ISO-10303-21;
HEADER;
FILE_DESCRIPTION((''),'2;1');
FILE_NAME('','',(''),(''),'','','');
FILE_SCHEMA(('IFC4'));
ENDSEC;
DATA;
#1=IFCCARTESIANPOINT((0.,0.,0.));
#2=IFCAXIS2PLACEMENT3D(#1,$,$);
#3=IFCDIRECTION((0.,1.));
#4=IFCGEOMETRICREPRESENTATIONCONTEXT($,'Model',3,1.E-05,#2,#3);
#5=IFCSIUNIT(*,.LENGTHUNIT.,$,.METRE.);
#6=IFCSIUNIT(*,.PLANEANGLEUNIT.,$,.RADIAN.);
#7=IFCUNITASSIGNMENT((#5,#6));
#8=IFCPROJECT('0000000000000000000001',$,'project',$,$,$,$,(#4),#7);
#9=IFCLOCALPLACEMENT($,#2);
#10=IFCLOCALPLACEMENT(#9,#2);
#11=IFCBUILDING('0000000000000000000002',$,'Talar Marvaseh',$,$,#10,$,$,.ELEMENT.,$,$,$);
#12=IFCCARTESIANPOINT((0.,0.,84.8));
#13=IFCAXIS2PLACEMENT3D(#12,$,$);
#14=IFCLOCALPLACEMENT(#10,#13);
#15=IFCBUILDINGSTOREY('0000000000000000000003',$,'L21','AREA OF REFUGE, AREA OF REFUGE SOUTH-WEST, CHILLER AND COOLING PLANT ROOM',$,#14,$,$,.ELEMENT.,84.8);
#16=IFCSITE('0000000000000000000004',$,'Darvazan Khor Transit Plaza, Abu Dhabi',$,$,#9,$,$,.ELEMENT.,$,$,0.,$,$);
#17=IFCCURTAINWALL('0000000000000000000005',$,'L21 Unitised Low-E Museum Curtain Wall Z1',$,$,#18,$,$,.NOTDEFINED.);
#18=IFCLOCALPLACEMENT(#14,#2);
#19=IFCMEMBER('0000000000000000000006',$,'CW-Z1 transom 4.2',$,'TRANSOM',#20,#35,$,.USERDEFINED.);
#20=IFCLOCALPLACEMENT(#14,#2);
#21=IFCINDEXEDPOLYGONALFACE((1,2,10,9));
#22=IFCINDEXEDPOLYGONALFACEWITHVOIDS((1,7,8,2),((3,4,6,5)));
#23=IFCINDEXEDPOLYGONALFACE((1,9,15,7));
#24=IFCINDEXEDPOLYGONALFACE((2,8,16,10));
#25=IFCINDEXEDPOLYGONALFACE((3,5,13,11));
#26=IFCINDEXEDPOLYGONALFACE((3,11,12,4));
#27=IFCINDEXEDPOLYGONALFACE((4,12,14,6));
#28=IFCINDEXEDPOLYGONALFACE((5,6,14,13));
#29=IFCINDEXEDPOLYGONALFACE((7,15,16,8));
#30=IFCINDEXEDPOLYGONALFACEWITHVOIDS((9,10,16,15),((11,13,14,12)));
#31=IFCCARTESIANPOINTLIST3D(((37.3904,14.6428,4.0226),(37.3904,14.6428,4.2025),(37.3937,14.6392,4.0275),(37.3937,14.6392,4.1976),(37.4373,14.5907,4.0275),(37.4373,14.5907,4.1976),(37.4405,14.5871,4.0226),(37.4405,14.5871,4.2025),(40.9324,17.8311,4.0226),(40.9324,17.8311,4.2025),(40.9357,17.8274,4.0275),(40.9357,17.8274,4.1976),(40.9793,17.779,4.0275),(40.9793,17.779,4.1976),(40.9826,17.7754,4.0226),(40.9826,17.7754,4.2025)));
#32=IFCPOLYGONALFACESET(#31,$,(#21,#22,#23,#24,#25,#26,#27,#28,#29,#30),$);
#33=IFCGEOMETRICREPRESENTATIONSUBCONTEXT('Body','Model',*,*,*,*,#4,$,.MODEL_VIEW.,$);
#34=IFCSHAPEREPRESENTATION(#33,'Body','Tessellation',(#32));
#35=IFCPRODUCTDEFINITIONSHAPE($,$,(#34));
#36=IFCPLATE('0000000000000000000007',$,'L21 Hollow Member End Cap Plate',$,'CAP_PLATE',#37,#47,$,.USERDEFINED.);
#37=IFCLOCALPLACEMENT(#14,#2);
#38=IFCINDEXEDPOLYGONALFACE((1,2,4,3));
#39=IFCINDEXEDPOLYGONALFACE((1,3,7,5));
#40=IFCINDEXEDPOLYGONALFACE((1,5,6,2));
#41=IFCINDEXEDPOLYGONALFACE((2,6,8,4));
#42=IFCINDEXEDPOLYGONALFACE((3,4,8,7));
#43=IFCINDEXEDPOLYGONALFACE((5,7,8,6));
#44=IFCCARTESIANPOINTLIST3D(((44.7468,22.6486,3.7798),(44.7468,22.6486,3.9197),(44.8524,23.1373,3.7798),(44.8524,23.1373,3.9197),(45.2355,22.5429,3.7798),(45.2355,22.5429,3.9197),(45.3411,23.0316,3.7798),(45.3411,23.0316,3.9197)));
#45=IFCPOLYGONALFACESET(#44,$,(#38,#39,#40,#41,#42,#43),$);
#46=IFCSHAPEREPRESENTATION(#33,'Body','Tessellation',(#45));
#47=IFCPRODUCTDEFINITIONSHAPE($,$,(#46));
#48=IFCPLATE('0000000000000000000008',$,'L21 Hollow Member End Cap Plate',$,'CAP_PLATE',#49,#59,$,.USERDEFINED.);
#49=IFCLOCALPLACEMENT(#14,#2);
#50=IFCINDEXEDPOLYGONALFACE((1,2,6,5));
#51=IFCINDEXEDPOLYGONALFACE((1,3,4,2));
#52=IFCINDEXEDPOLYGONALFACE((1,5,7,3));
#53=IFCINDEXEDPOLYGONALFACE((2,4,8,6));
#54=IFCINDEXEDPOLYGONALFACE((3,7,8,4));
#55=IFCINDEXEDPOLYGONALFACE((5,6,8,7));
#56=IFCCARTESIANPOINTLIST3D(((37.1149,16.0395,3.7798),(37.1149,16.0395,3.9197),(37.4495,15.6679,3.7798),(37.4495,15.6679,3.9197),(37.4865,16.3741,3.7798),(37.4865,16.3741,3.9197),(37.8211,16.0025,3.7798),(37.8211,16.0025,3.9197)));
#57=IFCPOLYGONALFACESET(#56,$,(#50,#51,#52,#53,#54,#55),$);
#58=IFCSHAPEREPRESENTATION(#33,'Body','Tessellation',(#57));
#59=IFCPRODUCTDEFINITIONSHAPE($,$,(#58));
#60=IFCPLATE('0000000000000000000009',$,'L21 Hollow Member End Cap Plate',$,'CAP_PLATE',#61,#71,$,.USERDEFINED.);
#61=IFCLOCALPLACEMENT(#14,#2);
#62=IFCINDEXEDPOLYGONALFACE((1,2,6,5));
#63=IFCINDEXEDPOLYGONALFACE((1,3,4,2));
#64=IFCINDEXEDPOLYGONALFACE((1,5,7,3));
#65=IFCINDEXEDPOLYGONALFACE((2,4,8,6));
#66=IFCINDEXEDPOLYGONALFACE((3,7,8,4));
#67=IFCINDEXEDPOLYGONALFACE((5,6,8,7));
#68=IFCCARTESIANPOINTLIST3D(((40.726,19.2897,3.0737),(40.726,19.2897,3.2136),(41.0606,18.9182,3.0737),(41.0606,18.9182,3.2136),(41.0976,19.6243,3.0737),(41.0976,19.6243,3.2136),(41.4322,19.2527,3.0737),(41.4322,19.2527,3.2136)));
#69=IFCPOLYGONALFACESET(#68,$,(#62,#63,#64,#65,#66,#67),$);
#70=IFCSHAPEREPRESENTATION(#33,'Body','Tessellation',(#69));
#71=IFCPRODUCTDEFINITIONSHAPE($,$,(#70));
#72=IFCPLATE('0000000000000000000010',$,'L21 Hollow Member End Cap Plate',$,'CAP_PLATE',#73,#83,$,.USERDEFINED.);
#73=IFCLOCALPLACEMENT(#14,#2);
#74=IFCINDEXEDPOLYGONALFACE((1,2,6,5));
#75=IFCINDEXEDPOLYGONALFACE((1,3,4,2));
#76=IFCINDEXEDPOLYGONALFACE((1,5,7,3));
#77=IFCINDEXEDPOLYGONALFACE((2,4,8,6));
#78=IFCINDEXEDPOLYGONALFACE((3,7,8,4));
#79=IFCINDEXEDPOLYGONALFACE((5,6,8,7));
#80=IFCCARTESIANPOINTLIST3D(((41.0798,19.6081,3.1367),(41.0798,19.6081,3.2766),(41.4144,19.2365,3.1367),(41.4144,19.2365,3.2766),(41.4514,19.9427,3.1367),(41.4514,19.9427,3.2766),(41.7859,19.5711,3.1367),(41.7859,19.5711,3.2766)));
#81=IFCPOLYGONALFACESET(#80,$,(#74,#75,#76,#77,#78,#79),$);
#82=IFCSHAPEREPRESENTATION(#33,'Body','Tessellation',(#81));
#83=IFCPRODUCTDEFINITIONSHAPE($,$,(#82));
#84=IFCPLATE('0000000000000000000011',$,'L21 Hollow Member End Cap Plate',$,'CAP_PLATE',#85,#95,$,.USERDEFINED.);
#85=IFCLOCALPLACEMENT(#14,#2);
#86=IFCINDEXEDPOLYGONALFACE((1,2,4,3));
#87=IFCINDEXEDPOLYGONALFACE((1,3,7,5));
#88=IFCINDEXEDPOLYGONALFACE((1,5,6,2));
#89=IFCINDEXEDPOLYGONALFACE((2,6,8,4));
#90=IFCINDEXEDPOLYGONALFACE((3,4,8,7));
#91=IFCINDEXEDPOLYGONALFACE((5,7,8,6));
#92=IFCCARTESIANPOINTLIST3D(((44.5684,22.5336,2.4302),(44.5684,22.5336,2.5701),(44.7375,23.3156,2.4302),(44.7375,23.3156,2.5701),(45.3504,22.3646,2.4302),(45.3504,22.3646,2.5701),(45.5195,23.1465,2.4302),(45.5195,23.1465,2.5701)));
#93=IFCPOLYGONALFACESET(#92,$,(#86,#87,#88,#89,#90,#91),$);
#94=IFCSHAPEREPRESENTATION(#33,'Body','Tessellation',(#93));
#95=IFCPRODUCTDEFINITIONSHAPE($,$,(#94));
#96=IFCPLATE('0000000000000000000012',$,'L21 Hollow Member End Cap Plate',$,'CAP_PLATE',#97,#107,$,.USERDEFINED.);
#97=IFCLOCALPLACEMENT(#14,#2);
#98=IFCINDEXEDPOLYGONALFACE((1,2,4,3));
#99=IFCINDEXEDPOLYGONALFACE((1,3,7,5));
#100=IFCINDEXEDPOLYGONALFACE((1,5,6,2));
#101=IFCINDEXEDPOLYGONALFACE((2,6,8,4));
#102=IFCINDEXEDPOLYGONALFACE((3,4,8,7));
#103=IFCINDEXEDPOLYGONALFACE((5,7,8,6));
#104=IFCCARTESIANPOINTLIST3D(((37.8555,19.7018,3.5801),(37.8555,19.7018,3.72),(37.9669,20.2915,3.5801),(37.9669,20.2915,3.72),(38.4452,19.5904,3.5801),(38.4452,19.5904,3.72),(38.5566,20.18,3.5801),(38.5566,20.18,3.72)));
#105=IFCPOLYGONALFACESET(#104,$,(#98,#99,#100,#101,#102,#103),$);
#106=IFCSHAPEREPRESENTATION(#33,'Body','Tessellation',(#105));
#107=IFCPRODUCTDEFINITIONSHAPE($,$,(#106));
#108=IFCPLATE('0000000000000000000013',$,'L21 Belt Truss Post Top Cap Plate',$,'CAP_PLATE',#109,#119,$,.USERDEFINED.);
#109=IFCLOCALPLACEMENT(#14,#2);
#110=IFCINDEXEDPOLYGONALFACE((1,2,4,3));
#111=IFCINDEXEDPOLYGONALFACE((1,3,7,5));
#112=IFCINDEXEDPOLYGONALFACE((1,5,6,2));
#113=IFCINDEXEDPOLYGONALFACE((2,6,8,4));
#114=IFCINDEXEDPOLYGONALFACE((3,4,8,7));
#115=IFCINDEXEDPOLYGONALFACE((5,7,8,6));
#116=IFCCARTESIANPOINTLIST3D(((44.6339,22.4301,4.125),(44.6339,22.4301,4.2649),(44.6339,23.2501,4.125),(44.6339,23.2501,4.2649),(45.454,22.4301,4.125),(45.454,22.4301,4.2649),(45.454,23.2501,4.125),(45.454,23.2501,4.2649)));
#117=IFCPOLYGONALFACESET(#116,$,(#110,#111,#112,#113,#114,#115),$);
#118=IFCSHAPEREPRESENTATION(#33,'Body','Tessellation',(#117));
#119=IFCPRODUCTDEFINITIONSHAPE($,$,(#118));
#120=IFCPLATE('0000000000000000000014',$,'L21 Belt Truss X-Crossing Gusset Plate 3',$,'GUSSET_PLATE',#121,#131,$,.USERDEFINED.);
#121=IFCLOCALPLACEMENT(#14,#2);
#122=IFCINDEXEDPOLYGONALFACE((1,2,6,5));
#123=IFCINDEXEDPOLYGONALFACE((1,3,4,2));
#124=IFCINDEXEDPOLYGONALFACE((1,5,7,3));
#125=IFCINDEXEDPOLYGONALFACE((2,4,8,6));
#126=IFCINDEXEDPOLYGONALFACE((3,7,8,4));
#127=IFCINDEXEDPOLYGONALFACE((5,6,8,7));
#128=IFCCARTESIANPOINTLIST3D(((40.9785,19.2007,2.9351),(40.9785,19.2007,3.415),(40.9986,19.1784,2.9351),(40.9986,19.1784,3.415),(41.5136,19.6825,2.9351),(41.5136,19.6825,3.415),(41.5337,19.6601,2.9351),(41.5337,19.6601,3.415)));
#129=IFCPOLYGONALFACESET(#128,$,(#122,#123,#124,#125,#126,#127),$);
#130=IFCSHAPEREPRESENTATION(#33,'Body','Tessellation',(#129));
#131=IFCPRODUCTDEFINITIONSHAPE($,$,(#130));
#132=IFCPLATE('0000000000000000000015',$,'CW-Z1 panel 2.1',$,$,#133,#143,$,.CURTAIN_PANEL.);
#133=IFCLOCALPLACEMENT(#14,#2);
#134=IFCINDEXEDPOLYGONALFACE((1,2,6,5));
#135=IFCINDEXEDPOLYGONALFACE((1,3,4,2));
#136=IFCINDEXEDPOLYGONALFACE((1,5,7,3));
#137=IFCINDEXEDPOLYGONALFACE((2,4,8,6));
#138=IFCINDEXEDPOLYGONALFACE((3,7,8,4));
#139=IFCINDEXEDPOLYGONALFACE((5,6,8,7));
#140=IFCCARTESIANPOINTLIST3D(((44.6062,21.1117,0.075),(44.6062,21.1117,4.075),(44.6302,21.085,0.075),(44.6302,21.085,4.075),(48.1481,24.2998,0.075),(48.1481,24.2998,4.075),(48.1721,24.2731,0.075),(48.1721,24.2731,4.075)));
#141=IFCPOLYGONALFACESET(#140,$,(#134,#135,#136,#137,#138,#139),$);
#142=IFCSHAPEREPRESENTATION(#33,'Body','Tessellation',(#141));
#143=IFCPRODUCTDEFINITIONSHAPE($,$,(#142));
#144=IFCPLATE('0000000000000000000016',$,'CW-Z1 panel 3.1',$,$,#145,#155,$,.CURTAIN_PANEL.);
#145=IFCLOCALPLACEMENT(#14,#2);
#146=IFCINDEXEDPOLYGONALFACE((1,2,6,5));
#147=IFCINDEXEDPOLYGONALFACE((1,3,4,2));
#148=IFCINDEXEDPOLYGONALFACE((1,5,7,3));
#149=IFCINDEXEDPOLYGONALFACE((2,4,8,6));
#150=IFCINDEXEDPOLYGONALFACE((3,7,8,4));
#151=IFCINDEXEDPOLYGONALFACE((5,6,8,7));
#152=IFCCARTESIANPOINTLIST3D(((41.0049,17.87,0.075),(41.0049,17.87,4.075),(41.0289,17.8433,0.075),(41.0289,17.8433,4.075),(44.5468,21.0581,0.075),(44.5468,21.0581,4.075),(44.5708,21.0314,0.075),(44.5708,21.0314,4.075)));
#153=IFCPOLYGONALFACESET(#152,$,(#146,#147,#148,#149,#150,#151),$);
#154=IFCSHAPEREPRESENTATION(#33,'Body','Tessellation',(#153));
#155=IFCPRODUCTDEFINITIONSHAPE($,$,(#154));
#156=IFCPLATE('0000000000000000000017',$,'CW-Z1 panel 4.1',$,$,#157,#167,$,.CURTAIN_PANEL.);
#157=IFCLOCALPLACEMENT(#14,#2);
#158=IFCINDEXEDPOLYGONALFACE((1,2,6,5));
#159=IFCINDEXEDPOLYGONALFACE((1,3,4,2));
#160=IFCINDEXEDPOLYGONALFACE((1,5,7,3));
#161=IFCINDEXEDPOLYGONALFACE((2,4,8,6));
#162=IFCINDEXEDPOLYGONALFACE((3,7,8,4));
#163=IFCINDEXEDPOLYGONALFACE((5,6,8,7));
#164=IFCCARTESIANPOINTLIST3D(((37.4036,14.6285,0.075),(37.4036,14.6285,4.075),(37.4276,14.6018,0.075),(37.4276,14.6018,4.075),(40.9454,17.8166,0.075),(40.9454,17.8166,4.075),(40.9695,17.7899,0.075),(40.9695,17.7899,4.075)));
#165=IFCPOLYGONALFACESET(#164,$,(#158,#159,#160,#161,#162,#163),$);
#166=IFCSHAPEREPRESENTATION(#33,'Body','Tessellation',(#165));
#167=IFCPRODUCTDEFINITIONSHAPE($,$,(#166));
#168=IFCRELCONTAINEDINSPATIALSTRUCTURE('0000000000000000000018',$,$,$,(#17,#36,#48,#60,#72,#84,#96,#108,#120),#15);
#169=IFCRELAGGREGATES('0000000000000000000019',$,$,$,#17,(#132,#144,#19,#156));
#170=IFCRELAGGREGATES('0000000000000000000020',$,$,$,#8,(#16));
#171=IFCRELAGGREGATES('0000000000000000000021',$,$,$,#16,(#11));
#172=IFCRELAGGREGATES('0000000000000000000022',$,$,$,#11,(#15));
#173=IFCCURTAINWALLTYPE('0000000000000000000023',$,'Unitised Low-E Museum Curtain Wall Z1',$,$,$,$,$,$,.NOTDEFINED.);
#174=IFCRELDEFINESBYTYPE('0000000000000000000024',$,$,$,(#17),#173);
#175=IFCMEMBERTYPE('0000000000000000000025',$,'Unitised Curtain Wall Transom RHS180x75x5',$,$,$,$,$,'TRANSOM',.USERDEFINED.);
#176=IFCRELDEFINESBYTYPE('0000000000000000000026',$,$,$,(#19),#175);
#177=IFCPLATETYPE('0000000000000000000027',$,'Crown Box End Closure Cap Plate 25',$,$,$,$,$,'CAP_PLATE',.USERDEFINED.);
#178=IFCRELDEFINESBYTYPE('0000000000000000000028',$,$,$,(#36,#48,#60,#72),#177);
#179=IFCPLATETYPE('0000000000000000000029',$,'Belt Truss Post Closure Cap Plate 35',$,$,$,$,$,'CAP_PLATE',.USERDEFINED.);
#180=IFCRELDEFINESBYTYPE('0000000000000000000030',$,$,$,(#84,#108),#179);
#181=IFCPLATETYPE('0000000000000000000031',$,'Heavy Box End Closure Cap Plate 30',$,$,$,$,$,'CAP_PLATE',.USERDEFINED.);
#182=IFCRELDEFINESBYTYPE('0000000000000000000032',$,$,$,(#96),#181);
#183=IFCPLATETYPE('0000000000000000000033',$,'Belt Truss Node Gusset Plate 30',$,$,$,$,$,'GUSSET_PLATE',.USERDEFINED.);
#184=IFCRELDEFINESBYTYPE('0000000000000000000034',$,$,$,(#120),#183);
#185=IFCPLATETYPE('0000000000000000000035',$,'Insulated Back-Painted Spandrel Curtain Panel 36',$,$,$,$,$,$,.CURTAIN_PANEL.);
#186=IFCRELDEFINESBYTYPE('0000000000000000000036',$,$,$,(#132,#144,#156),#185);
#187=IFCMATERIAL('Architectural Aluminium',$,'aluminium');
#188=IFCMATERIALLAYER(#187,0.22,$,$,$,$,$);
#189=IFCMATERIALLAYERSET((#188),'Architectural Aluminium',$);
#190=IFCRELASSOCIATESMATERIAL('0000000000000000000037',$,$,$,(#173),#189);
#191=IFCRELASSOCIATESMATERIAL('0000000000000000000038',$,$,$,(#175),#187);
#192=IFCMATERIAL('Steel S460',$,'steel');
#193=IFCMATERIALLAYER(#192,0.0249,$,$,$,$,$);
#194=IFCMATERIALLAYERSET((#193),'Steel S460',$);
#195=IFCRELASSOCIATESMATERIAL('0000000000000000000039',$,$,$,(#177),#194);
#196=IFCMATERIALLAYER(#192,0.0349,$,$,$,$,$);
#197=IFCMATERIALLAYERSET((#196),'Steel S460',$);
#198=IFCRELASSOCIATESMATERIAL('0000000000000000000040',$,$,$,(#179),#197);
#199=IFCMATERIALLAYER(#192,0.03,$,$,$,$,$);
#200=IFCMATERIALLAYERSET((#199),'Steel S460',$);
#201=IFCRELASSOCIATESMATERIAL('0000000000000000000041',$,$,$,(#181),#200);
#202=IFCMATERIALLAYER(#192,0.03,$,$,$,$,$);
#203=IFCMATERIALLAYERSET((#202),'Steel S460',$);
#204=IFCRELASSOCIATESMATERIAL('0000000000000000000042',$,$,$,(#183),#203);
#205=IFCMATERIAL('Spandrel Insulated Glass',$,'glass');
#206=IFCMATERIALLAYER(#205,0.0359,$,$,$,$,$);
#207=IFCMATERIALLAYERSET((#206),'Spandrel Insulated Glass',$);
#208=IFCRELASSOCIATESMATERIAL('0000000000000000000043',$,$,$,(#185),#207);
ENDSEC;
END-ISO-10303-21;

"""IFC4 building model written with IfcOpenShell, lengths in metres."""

from ifc_helpers import new_model, si_unit, direction, frame, origin, origin_2d, place, context, subcontext, project, spatial, rectangle, hollow_rectangle, extrude, source, transform, mapped, material, layer, layer_set, material_profile, profile_set, type_object, type_shapes, element, aggregate, save


model = new_model("IFC4")

# Units and contexts
model_context = context("Model", 3, precision=1e-05, world=origin(), true_north=direction((0.0, 1.0)))
body_context = subcontext(model_context, "Body", "Model", "MODEL_VIEW")
ifc_project = project(units=[si_unit("LENGTHUNIT", "METRE"), si_unit("PLANEANGLEUNIT", "RADIAN")], contexts=[model_context])

# Site, building, storey
site_placement = place(None, origin())
site = spatial("IfcSite", under=ifc_project, at=site_placement, Name="Darvazan Khor Transit Plaza, Abu Dhabi", CompositionType="ELEMENT", RefElevation=0.0)
building_placement = place(site_placement, origin())
building = spatial("IfcBuilding", under=site, at=building_placement, Name="Talar Marvaseh", CompositionType="ELEMENT")
storey_placement = place(building_placement, frame((0.0, 0.0, 84.8)))
storey = spatial("IfcBuildingStorey", under=building, at=storey_placement, Name="L21", Description="AREA OF REFUGE, AREA OF REFUGE SOUTH-WEST, CHILLER AND COOLING PLANT ROOM", CompositionType="ELEMENT", Elevation=84.8)

# Shared definitions
ifc_material_1 = material(Name="Steel S460", Category="steel")

# Curtain wall, member
ifc_material_2 = material(Name="Architectural Aluminium", Category="aluminium")
ifc_layer_1 = layer(ifc_material_2, 0.22)
ifc_layer_set_1 = layer_set([ifc_layer_1], Name="Architectural Aluminium")
curtain_wall_type = type_object("IfcCurtainWallType", Name="Unitised Low-E Museum Curtain Wall Z1", PredefinedType="NOTDEFINED", material=ifc_layer_set_1)
curtain_wall_placement = place(storey_placement, origin())
curtain_wall = element("IfcCurtainWall", 1, at=curtain_wall_placement, inside=storey, type_object=curtain_wall_type, Name="L21 Unitised Low-E Museum Curtain Wall Z1", PredefinedType="NOTDEFINED")
ifc_material_profile_1 = material_profile(ifc_material_2, hollow_rectangle(XDim=0.075, YDim=0.1799, WallThickness=0.0049, at=origin_2d()), Name="RHS180x75x5")
ifc_profile_set_1 = profile_set([ifc_material_profile_1], Name="Architectural Aluminium")
member_type_1 = type_object("IfcMemberType", Name="Unitised Curtain Wall Transom RHS180x75x5", ElementType="TRANSOM", PredefinedType="USERDEFINED", material=ifc_profile_set_1)
shared_shape_1 = source(origin(), body_context, "Body", "SweptSolid", [
    extrude(hollow_rectangle(XDim=0.075, YDim=0.1799, WallThickness=0.0049, at=origin_2d()), origin(), (0.0, 0.0, 1.0), 4.7656),
])
member_1_placement = place(storey_placement, frame((40.9575, 17.8032, 4.1125), z_axis=(-0.743248, -0.669016, 0.0), x_axis=(0.669016, -0.743248, 0.0)))
member_1 = element("IfcMember", 2, at=member_1_placement, type_object=member_type_1, Name="CW-Z1 transom 4.2", ObjectType="TRANSOM", PredefinedType="USERDEFINED", context=body_context, shape_type="MappedRepresentation", body=[
    mapped(shared_shape_1, transform((0.0, 0.0, 0.0), x_axis=(1.0, 0.0, 0.0), y_axis=(0.0, 1.0, 0.0), z_axis=(0.0, 0.0, 1.0), scale=1.0)),
])

# Plates
ifc_layer_2 = layer(ifc_material_1, 0.0249)
ifc_layer_set_2 = layer_set([ifc_layer_2], Name="Steel S460")
plate_type_1 = type_object("IfcPlateType", Name="Crown Box End Closure Cap Plate 25", ElementType="CAP_PLATE", PredefinedType="USERDEFINED", material=ifc_layer_set_2)
shared_shape_2 = source(origin(), body_context, "Body", "SweptSolid", [
    extrude(rectangle(XDim=0.5, YDim=0.5, at=origin_2d()), origin(), (0.0, 0.0, 1.0), 0.1399),
])
type_shapes(plate_type_1, [shared_shape_2])
for number, where, z_axis, x_axis, name in (
    (3, (45.0439, 22.8401, 3.7798), (0.0, 0.0, 1.0), (-0.211325, -0.977416, 0.0), "L21 Hollow Member End Cap Plate"),
    (4, (37.468, 16.021, 3.7798), (0.0, 0.0, 1.0), (-0.743145, -0.669131, 0.0), "L21 Hollow Member End Cap Plate"),
    (5, (41.0791, 19.2712, 3.0737), (0.0, 0.0, 1.0), (0.743145, 0.669131, 0.0), "L21 Hollow Member End Cap Plate"),
    (6, (41.4329, 19.5896, 3.1367), (0.0, 0.0, 1.0), (0.743145, 0.669131, 0.0), "L21 Hollow Member End Cap Plate"),
):
    element("IfcPlate", number, at=place(storey_placement, frame(where, z_axis=z_axis, x_axis=x_axis)), inside=storey, type_object=plate_type_1, Name=name, ObjectType="CAP_PLATE", PredefinedType="USERDEFINED", context=body_context, shape_type="MappedRepresentation", body=[
        mapped(shared_shape_2, transform((0.0, 0.0, 0.0), x_axis=(1.0, 0.0, 0.0), y_axis=(0.0, 1.0, 0.0), z_axis=(0.0, 0.0, 1.0), scale=1.0)),
    ])
ifc_layer_3 = layer(ifc_material_1, 0.0349)
ifc_layer_set_3 = layer_set([ifc_layer_3], Name="Steel S460")
plate_type_2 = type_object("IfcPlateType", Name="Belt Truss Post Closure Cap Plate 35", ElementType="CAP_PLATE", PredefinedType="USERDEFINED", material=ifc_layer_set_3)
shared_shape_3 = source(origin(), body_context, "Body", "SweptSolid", [
    extrude(rectangle(XDim=0.8, YDim=0.8, at=origin_2d()), origin(), (0.0, 0.0, 1.0), 0.1399),
])
plate_1_placement = place(storey_placement, frame((45.0439, 22.8401, 2.4302), z_axis=(0.0, 0.0, 1.0), x_axis=(-0.211325, -0.977416, 0.0)))
element("IfcPlate", 7, at=plate_1_placement, inside=storey, type_object=plate_type_2, Name="L21 Hollow Member End Cap Plate", ObjectType="CAP_PLATE", PredefinedType="USERDEFINED", context=body_context, shape_type="MappedRepresentation", body=[
    mapped(shared_shape_3, transform((0.0, 0.0, 0.0), x_axis=(1.0, 0.0, 0.0), y_axis=(0.0, 1.0, 0.0), z_axis=(0.0, 0.0, 1.0), scale=1.0)),
])
ifc_layer_4 = layer(ifc_material_1, 0.03)
ifc_layer_set_4 = layer_set([ifc_layer_4], Name="Steel S460")
plate_type_3 = type_object("IfcPlateType", Name="Heavy Box End Closure Cap Plate 30", ElementType="CAP_PLATE", PredefinedType="USERDEFINED", material=ifc_layer_set_4)
shared_shape_4 = source(origin(), body_context, "Body", "SweptSolid", [
    extrude(rectangle(XDim=0.6001, YDim=0.6001, at=origin_2d()), origin(), (0.0, 0.0, 1.0), 0.1399),
])
type_shapes(plate_type_3, [shared_shape_4])
plate_2_placement = place(storey_placement, frame((38.2061, 19.9409, 3.5801), z_axis=(0.0, 0.0, 1.0), x_axis=(0.185667, 0.982613, 0.0)))
element("IfcPlate", 8, at=plate_2_placement, inside=storey, type_object=plate_type_3, Name="L21 Hollow Member End Cap Plate", ObjectType="CAP_PLATE", PredefinedType="USERDEFINED", context=body_context, shape_type="MappedRepresentation", body=[
    mapped(shared_shape_4, transform((0.0, 0.0, 0.0), x_axis=(1.0, 0.0, 0.0), y_axis=(0.0, 1.0, 0.0), z_axis=(0.0, 0.0, 1.0), scale=1.0)),
])
shared_shape_5 = source(origin(), body_context, "Body", "SweptSolid", [
    extrude(rectangle(XDim=0.8201, YDim=0.8201, at=origin_2d()), origin(), (0.0, 0.0, 1.0), 0.1399),
])
type_shapes(plate_type_2, [shared_shape_3, shared_shape_5])
plate_3_placement = place(storey_placement, frame((45.0439, 22.8401, 4.125), z_axis=(0.0, 0.0, 1.0), x_axis=(1.0, 0.0, 0.0)))
element("IfcPlate", 9, at=plate_3_placement, inside=storey, type_object=plate_type_2, Name="L21 Belt Truss Post Top Cap Plate", ObjectType="CAP_PLATE", PredefinedType="USERDEFINED", context=body_context, shape_type="MappedRepresentation", body=[
    mapped(shared_shape_5, transform((0.0, 0.0, 0.0), x_axis=(1.0, 0.0, 0.0), y_axis=(0.0, 1.0, 0.0), z_axis=(0.0, 0.0, 1.0), scale=1.0)),
])
ifc_layer_5 = layer(ifc_material_1, 0.03)
ifc_layer_set_5 = layer_set([ifc_layer_5], Name="Steel S460")
plate_type_4 = type_object("IfcPlateType", Name="Belt Truss Node Gusset Plate 30", ElementType="GUSSET_PLATE", PredefinedType="USERDEFINED", material=ifc_layer_set_5)
shared_shape_6 = source(origin(), body_context, "Body", "SweptSolid", [
    extrude(rectangle(XDim=0.72, YDim=0.03, at=origin_2d()), origin(), (0.0, 0.0, 1.0), 0.48),
])
type_shapes(plate_type_4, [shared_shape_6])
plate_4_placement = place(storey_placement, frame((41.2561, 19.4304, 2.9351), z_axis=(0.0, 0.0, 1.0), x_axis=(-0.743145, -0.669131, 0.0)))
element("IfcPlate", 10, at=plate_4_placement, inside=storey, type_object=plate_type_4, Name="L21 Belt Truss X-Crossing Gusset Plate 3", ObjectType="GUSSET_PLATE", PredefinedType="USERDEFINED", context=body_context, shape_type="MappedRepresentation", body=[
    mapped(shared_shape_6, transform((0.0, 0.0, 0.0), x_axis=(1.0, 0.0, 0.0), y_axis=(0.0, 1.0, 0.0), z_axis=(0.0, 0.0, 1.0), scale=1.0)),
])

# Plates
ifc_material_3 = material(Name="Spandrel Insulated Glass", Category="glass")
ifc_layer_6 = layer(ifc_material_3, 0.0359)
ifc_layer_set_6 = layer_set([ifc_layer_6], Name="Spandrel Insulated Glass")
plate_type_5 = type_object("IfcPlateType", Name="Insulated Back-Painted Spandrel Curtain Panel 36", PredefinedType="CURTAIN_PANEL", material=ifc_layer_set_6)
shared_shape_7 = source(origin(), body_context, "Body", "SweptSolid", [
    extrude(rectangle(XDim=4.7654, YDim=0.0359, at=origin_2d()), origin(), (0.0, 0.0, 1.0), 4.0),
])
type_shapes(plate_type_5, [shared_shape_7])
plate_5_placement = place(storey_placement, frame((46.3892, 22.6924, 0.075), z_axis=(0.0, 0.0, 1.0), x_axis=(-0.743248, -0.669016, 0.0)))
plate_5 = element("IfcPlate", 11, at=plate_5_placement, type_object=plate_type_5, Name="CW-Z1 panel 2.1", PredefinedType="CURTAIN_PANEL", context=body_context, shape_type="MappedRepresentation", body=[
    mapped(shared_shape_7, transform((0.0, 0.0, 0.0), x_axis=(1.0, 0.0, 0.0), y_axis=(0.0, 1.0, 0.0), z_axis=(0.0, 0.0, 1.0), scale=1.0)),
])
plate_6_placement = place(storey_placement, frame((42.7878, 19.4507, 0.075), z_axis=(0.0, 0.0, 1.0), x_axis=(-0.743248, -0.669016, 0.0)))
plate_6 = element("IfcPlate", 12, at=plate_6_placement, type_object=plate_type_5, Name="CW-Z1 panel 3.1", PredefinedType="CURTAIN_PANEL", context=body_context, shape_type="MappedRepresentation", body=[
    mapped(shared_shape_7, transform((0.0, 0.0, 0.0), x_axis=(1.0, 0.0, 0.0), y_axis=(0.0, 1.0, 0.0), z_axis=(0.0, 0.0, 1.0), scale=1.0)),
])
plate_7_placement = place(storey_placement, frame((39.1865, 16.2092, 0.075), z_axis=(0.0, 0.0, 1.0), x_axis=(-0.743248, -0.669016, 0.0)))
plate_7 = element("IfcPlate", 13, at=plate_7_placement, type_object=plate_type_5, Name="CW-Z1 panel 4.1", PredefinedType="CURTAIN_PANEL", context=body_context, shape_type="MappedRepresentation", body=[
    mapped(shared_shape_7, transform((0.0, 0.0, 0.0), x_axis=(1.0, 0.0, 0.0), y_axis=(0.0, 1.0, 0.0), z_axis=(0.0, 0.0, 1.0), scale=1.0)),
])
aggregate(curtain_wall, [plate_5, plate_6, member_1, plate_7])

save(model, "model.ifc")
